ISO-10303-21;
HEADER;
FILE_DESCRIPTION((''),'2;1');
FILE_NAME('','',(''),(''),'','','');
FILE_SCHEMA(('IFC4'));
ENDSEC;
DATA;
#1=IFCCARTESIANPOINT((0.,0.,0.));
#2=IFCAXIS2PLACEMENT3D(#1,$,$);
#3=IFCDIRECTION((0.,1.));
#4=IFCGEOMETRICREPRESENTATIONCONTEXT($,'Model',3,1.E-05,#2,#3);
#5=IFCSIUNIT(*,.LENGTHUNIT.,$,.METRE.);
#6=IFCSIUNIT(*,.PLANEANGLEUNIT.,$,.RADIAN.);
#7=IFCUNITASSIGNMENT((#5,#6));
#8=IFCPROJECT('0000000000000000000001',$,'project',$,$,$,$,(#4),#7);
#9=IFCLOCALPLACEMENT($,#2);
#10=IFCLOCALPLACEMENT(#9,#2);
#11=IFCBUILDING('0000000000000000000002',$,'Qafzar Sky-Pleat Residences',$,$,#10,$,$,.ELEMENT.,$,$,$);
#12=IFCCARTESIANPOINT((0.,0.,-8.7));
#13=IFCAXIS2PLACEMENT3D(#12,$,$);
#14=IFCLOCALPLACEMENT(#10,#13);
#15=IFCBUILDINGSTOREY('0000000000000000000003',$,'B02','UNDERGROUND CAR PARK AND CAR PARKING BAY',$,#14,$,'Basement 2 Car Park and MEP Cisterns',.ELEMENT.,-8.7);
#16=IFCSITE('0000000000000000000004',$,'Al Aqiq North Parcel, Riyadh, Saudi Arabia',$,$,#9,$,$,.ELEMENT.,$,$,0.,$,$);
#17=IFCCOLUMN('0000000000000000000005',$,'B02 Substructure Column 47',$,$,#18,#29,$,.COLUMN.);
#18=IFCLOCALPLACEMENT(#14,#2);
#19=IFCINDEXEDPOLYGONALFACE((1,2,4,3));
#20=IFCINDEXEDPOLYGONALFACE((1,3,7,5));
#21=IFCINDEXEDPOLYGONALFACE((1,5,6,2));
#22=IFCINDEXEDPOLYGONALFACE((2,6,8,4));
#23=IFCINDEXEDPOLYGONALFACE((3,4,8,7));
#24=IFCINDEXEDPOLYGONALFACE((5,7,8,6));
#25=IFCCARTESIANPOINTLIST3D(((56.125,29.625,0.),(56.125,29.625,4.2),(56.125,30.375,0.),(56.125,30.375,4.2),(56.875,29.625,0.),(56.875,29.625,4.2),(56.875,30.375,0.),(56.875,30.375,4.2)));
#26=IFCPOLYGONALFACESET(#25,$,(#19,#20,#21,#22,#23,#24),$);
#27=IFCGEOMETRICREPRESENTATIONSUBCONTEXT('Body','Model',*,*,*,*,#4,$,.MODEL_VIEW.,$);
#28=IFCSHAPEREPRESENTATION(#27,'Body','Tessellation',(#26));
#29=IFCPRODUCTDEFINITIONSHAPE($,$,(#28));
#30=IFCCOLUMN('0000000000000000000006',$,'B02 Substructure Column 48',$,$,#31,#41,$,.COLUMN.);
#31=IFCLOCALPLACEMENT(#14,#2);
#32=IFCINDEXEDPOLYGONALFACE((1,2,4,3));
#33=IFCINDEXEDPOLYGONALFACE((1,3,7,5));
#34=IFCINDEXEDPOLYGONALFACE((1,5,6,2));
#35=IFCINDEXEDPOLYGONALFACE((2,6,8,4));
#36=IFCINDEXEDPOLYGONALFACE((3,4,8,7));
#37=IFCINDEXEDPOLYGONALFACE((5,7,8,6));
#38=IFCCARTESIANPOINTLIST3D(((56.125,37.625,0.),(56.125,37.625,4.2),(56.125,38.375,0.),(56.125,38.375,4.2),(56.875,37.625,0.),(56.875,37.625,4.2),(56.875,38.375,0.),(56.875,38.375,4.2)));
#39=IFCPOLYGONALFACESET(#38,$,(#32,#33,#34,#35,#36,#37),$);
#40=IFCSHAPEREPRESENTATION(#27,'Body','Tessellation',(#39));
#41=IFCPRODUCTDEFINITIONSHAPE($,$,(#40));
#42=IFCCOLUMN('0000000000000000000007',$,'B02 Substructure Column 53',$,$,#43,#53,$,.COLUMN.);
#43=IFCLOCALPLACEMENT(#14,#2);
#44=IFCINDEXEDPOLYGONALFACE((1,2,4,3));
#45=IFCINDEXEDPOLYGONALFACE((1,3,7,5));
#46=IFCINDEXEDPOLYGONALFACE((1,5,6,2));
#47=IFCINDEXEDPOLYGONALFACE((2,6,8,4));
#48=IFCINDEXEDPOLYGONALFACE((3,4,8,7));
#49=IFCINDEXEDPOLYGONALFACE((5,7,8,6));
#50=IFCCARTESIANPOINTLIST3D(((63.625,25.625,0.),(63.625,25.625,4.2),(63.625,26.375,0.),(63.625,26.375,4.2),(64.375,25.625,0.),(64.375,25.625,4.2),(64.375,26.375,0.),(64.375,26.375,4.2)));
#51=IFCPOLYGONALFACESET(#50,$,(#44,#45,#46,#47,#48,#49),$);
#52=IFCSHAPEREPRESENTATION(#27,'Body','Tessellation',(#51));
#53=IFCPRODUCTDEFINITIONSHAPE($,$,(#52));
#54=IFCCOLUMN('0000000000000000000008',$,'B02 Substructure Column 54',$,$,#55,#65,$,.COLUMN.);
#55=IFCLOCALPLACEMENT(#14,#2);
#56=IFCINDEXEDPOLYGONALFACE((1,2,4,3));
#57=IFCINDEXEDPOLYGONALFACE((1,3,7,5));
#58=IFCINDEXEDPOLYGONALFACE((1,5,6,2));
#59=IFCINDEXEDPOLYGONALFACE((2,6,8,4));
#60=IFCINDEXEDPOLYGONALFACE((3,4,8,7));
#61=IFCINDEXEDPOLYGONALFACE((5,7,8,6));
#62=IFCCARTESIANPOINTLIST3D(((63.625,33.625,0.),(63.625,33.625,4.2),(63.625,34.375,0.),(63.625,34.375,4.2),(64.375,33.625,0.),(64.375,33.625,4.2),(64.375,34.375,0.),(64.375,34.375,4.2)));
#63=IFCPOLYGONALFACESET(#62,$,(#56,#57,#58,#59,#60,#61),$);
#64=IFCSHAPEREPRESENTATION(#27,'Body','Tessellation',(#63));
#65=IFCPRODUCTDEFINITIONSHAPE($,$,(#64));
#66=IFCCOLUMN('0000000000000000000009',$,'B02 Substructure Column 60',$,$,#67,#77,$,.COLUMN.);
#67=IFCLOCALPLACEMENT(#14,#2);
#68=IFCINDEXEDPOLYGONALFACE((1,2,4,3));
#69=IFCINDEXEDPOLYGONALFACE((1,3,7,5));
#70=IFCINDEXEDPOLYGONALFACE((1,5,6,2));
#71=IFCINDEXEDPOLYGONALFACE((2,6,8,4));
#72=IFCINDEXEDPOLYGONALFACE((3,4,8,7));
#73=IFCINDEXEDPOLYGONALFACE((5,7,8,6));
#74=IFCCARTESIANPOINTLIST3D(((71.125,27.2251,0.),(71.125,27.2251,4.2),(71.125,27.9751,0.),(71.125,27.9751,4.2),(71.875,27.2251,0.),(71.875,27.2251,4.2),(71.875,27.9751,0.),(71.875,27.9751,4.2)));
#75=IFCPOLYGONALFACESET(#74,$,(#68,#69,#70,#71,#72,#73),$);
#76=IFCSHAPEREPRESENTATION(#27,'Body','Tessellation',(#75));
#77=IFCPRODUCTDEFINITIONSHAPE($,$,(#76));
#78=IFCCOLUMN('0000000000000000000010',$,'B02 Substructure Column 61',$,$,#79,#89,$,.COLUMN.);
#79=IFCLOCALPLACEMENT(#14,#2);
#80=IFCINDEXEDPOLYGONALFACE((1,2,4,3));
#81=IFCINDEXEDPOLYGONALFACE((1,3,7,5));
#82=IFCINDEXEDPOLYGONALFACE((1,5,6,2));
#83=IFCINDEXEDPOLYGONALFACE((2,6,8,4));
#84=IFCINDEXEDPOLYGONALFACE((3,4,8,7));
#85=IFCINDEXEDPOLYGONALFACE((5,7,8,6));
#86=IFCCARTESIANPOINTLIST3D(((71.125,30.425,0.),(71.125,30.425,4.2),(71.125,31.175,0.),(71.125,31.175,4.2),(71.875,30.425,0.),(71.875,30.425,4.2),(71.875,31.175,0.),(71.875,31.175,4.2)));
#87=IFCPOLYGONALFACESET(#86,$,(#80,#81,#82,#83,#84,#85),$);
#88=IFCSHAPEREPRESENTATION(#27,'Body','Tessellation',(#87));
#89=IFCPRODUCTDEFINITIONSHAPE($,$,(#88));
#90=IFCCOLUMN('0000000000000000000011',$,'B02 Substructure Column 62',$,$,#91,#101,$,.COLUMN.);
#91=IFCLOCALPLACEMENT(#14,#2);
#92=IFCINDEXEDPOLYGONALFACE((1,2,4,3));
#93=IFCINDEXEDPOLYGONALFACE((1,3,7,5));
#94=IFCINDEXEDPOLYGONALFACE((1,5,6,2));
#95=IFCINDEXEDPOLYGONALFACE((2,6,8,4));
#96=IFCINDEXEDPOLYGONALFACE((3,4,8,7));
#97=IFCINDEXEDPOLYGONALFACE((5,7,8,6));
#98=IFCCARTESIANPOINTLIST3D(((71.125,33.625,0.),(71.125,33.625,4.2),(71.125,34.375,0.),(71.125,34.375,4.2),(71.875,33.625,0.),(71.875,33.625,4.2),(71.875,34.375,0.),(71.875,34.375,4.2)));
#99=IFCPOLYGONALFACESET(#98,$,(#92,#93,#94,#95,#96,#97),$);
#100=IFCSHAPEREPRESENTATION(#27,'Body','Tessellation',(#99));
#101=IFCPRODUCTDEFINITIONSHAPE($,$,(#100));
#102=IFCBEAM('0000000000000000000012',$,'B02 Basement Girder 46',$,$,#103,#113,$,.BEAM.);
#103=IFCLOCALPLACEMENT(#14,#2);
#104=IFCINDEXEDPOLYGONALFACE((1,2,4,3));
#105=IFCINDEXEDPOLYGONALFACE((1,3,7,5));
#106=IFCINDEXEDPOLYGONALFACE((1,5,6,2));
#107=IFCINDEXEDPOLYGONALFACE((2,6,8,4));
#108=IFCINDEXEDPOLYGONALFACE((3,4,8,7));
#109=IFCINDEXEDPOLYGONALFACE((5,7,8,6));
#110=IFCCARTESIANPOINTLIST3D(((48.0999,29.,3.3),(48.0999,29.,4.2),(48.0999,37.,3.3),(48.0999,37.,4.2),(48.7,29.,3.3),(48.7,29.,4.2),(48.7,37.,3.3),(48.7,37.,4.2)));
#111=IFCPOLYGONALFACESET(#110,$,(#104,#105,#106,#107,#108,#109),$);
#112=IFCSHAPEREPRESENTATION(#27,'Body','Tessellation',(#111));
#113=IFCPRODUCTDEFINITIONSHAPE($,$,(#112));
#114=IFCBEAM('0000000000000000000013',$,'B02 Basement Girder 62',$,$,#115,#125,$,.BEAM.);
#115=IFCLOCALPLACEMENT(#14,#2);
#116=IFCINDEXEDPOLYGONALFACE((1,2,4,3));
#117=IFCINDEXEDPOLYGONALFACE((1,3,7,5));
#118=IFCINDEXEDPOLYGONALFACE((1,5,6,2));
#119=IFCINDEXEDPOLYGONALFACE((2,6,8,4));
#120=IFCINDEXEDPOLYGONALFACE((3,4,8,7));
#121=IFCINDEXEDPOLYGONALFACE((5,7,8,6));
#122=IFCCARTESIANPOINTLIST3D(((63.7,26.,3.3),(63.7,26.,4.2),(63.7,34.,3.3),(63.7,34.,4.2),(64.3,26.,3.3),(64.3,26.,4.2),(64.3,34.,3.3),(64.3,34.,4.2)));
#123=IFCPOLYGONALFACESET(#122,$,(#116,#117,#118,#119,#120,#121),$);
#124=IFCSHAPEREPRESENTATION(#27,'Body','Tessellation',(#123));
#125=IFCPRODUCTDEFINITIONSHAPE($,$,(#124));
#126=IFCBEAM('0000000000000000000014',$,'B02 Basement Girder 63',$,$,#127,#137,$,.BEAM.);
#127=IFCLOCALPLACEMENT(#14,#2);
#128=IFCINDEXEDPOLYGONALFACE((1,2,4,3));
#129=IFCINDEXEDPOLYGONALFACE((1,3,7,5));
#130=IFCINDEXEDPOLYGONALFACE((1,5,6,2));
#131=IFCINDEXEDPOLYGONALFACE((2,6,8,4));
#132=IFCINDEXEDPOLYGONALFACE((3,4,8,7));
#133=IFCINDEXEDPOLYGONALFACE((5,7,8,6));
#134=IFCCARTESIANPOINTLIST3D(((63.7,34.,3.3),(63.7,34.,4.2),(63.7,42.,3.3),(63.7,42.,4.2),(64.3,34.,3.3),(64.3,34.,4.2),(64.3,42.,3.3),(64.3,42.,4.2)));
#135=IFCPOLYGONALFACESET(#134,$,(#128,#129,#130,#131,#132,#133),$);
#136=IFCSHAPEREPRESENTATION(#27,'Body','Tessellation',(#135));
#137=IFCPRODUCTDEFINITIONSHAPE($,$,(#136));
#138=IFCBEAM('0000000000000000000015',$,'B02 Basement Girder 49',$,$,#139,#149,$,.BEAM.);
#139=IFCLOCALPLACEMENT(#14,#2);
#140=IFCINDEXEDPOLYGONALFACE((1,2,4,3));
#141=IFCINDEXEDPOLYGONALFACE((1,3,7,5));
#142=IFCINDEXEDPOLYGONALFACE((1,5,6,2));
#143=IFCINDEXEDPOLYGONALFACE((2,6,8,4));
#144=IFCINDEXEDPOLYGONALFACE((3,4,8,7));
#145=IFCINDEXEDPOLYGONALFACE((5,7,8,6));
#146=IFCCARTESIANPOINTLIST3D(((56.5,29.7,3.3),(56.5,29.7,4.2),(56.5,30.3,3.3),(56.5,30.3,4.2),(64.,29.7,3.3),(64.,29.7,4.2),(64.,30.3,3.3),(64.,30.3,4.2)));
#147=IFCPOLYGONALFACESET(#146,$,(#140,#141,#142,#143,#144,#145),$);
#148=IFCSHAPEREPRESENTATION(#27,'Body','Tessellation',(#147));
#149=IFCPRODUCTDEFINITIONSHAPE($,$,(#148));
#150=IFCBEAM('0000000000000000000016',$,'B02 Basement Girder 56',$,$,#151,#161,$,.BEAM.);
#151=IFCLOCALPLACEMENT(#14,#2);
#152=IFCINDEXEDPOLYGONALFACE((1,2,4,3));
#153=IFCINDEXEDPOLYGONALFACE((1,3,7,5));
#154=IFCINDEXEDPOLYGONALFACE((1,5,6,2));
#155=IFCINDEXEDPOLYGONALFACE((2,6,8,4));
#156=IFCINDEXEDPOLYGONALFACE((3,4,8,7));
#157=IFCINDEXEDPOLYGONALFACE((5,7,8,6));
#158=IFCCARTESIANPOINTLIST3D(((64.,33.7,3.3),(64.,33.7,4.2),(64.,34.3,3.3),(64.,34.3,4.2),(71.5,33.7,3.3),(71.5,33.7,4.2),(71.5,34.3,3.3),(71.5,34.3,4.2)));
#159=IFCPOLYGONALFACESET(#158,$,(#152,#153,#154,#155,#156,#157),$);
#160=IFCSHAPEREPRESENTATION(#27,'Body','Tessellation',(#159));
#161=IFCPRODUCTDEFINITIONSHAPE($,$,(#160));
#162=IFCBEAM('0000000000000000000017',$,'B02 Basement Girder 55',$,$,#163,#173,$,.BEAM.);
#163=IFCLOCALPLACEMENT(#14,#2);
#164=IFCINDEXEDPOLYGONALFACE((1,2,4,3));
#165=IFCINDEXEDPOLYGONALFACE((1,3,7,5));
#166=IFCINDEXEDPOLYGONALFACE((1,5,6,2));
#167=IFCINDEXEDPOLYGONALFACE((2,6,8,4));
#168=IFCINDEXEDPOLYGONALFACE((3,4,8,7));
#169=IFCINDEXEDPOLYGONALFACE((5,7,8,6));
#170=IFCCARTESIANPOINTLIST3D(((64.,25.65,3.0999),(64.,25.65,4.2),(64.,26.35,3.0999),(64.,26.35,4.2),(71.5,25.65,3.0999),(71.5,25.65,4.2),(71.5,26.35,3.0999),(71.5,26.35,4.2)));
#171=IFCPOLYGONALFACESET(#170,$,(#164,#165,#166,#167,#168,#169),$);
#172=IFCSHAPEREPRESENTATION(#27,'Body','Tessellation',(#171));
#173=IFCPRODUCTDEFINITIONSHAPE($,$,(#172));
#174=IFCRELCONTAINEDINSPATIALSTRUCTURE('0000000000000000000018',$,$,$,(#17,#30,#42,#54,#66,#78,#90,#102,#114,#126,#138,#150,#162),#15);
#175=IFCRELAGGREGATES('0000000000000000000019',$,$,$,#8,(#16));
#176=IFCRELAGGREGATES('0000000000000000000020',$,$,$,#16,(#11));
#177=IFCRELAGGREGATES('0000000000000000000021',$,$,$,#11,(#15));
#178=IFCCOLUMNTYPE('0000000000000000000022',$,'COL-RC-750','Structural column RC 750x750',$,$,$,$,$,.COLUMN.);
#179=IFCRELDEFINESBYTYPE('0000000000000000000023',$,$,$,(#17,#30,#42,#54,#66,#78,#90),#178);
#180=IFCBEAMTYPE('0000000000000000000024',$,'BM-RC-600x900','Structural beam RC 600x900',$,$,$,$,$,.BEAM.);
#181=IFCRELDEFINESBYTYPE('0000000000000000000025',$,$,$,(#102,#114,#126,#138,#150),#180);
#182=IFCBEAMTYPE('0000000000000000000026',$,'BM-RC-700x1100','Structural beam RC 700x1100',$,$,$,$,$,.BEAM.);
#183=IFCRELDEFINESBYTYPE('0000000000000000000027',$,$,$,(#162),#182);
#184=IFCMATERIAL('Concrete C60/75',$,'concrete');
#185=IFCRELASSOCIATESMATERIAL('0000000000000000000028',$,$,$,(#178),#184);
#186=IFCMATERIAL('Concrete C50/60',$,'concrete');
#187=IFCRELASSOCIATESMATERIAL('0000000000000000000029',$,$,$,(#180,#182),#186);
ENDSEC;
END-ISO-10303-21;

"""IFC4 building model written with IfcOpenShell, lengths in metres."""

from ifc_helpers import new_model, si_unit, direction, frame, origin, origin_2d, place, context, subcontext, project, spatial, rectangle, extrude, source, transform, mapped, material, material_profile, profile_set, type_object, element, save


model = new_model("IFC4")

# Units and contexts
model_context = context("Model", 3, precision=1e-05, world=origin(), true_north=direction((0.0, 1.0)))
body_context = subcontext(model_context, "Body", "Model", "MODEL_VIEW")
ifc_project = project(units=[si_unit("LENGTHUNIT", "METRE"), si_unit("PLANEANGLEUNIT", "RADIAN")], contexts=[model_context])

# Site, building, storey
site_placement = place(None, origin())
site = spatial("IfcSite", under=ifc_project, at=site_placement, Name="Al Aqiq North Parcel, Riyadh, Saudi Arabia", CompositionType="ELEMENT", RefElevation=0.0)
building_placement = place(site_placement, origin())
building = spatial("IfcBuilding", under=site, at=building_placement, Name="Qafzar Sky-Pleat Residences", CompositionType="ELEMENT")
storey_placement = place(building_placement, frame((0.0, 0.0, -8.7)))
storey = spatial("IfcBuildingStorey", under=building, at=storey_placement, Name="B02", Description="UNDERGROUND CAR PARK AND CAR PARKING BAY", LongName="Basement 2 Car Park and MEP Cisterns", CompositionType="ELEMENT", Elevation=-8.7)

# Shared definitions
ifc_material_1 = material(Name="Concrete C50/60", Category="concrete")

# Columns
ifc_material_2 = material(Name="Concrete C60/75", Category="concrete")
ifc_material_profile_1 = material_profile(ifc_material_2, rectangle(XDim=0.75, YDim=0.75, at=origin_2d()), Name="RC 750x750")
ifc_profile_set_1 = profile_set([ifc_material_profile_1], Name="Concrete C60/75")
column_type_1 = type_object("IfcColumnType", Name="COL-RC-750", Description="Structural column RC 750x750", PredefinedType="COLUMN", material=ifc_profile_set_1)
shared_shape_1 = source(origin(), body_context, "Body", "SweptSolid", [
    extrude(rectangle(XDim=0.75, YDim=0.75, at=origin_2d()), origin(), (0.0, 0.0, 1.0), 4.2),
])
for number, where, z_axis, x_axis, name in (
    (1, (56.5, 30.0, 0.0), (0.0, 0.0, 1.0), (1.0, 0.0, 0.0), "B02 Substructure Column 47"),
    (2, (56.5, 38.0, 0.0), (0.0, 0.0, 1.0), (1.0, 0.0, 0.0), "B02 Substructure Column 48"),
    (3, (64.0, 26.0, 0.0), (0.0, 0.0, 1.0), (1.0, 0.0, 0.0), "B02 Substructure Column 53"),
    (4, (64.0, 34.0, 0.0), (0.0, 0.0, 1.0), (1.0, 0.0, 0.0), "B02 Substructure Column 54"),
    (5, (71.5, 27.6001, 0.0), (0.0, 0.0, 1.0), (1.0, 0.0, 0.0), "B02 Substructure Column 60"),
    (6, (71.5, 30.8, 0.0), (0.0, 0.0, 1.0), (1.0, 0.0, 0.0), "B02 Substructure Column 61"),
    (7, (71.5, 34.0, 0.0), (0.0, 0.0, 1.0), (1.0, 0.0, 0.0), "B02 Substructure Column 62"),
):
    element("IfcColumn", number, at=place(storey_placement, frame(where, z_axis=z_axis, x_axis=x_axis)), inside=storey, type_object=column_type_1, Name=name, PredefinedType="COLUMN", context=body_context, shape_type="MappedRepresentation", body=[
        mapped(shared_shape_1, transform((0.0, 0.0, 0.0), x_axis=(1.0, 0.0, 0.0), y_axis=(0.0, 1.0, 0.0), z_axis=(0.0, 0.0, 1.0), scale=1.0)),
    ])

# Beams
ifc_material_profile_2 = material_profile(ifc_material_1, rectangle(XDim=0.6001, YDim=0.8999, at=origin_2d()), Name="RC 600x900")
ifc_profile_set_2 = profile_set([ifc_material_profile_2], Name="Concrete C50/60")
beam_type_1 = type_object("IfcBeamType", Name="BM-RC-600x900", Description="Structural beam RC 600x900", PredefinedType="BEAM", material=ifc_profile_set_2)
shared_shape_2 = source(origin(), body_context, "Body", "SweptSolid", [
    extrude(rectangle(XDim=0.6001, YDim=0.8999, at=origin_2d()), origin(), (0.0, 0.0, 1.0), 8.0),
])
for number, where, z_axis, x_axis, name in (
    (8, (48.3999, 29.0, 3.75), (0.0, 1.0, 0.0), (-1.0, 0.0, 0.0), "B02 Basement Girder 46"),
    (9, (64.0, 26.0, 3.75), (0.0, 1.0, 0.0), (-1.0, 0.0, 0.0), "B02 Basement Girder 62"),
    (10, (64.0, 34.0, 3.75), (0.0, 1.0, 0.0), (-1.0, 0.0, 0.0), "B02 Basement Girder 63"),
):
    element("IfcBeam", number, at=place(storey_placement, frame(where, z_axis=z_axis, x_axis=x_axis)), inside=storey, type_object=beam_type_1, Name=name, PredefinedType="BEAM", context=body_context, shape_type="MappedRepresentation", body=[
        mapped(shared_shape_2, transform((0.0, 0.0, 0.0), x_axis=(1.0, 0.0, 0.0), y_axis=(0.0, 1.0, 0.0), z_axis=(0.0, 0.0, 1.0), scale=1.0)),
    ])
shared_shape_3 = source(origin(), body_context, "Body", "SweptSolid", [
    extrude(rectangle(XDim=0.6001, YDim=0.8999, at=origin_2d()), origin(), (0.0, 0.0, 1.0), 7.5),
])
for number, where, z_axis, x_axis, name in (
    (11, (56.5, 30.0, 3.75), (1.0, 0.0, 0.0), (0.0, 1.0, 0.0), "B02 Basement Girder 49"),
    (12, (64.0, 34.0, 3.75), (1.0, 0.0, 0.0), (0.0, 1.0, 0.0), "B02 Basement Girder 56"),
):
    element("IfcBeam", number, at=place(storey_placement, frame(where, z_axis=z_axis, x_axis=x_axis)), inside=storey, type_object=beam_type_1, Name=name, PredefinedType="BEAM", context=body_context, shape_type="MappedRepresentation", body=[
        mapped(shared_shape_3, transform((0.0, 0.0, 0.0), x_axis=(1.0, 0.0, 0.0), y_axis=(0.0, 1.0, 0.0), z_axis=(0.0, 0.0, 1.0), scale=1.0)),
    ])
ifc_material_profile_3 = material_profile(ifc_material_1, rectangle(XDim=0.7, YDim=1.1001, at=origin_2d()), Name="RC 700x1100")
ifc_profile_set_3 = profile_set([ifc_material_profile_3], Name="Concrete C50/60")
beam_type_2 = type_object("IfcBeamType", Name="BM-RC-700x1100", Description="Structural beam RC 700x1100", PredefinedType="BEAM", material=ifc_profile_set_3)
shared_shape_4 = source(origin(), body_context, "Body", "SweptSolid", [
    extrude(rectangle(XDim=0.7, YDim=1.1001, at=origin_2d()), origin(), (0.0, 0.0, 1.0), 7.5),
])
beam_1_placement = place(storey_placement, frame((64.0, 26.0, 3.6499), z_axis=(1.0, 0.0, 0.0), x_axis=(0.0, 1.0, 0.0)))
element("IfcBeam", 13, at=beam_1_placement, inside=storey, type_object=beam_type_2, Name="B02 Basement Girder 55", PredefinedType="BEAM", context=body_context, shape_type="MappedRepresentation", body=[
    mapped(shared_shape_4, transform((0.0, 0.0, 0.0), x_axis=(1.0, 0.0, 0.0), y_axis=(0.0, 1.0, 0.0), z_axis=(0.0, 0.0, 1.0), scale=1.0)),
])

save(model, "model.ifc")
